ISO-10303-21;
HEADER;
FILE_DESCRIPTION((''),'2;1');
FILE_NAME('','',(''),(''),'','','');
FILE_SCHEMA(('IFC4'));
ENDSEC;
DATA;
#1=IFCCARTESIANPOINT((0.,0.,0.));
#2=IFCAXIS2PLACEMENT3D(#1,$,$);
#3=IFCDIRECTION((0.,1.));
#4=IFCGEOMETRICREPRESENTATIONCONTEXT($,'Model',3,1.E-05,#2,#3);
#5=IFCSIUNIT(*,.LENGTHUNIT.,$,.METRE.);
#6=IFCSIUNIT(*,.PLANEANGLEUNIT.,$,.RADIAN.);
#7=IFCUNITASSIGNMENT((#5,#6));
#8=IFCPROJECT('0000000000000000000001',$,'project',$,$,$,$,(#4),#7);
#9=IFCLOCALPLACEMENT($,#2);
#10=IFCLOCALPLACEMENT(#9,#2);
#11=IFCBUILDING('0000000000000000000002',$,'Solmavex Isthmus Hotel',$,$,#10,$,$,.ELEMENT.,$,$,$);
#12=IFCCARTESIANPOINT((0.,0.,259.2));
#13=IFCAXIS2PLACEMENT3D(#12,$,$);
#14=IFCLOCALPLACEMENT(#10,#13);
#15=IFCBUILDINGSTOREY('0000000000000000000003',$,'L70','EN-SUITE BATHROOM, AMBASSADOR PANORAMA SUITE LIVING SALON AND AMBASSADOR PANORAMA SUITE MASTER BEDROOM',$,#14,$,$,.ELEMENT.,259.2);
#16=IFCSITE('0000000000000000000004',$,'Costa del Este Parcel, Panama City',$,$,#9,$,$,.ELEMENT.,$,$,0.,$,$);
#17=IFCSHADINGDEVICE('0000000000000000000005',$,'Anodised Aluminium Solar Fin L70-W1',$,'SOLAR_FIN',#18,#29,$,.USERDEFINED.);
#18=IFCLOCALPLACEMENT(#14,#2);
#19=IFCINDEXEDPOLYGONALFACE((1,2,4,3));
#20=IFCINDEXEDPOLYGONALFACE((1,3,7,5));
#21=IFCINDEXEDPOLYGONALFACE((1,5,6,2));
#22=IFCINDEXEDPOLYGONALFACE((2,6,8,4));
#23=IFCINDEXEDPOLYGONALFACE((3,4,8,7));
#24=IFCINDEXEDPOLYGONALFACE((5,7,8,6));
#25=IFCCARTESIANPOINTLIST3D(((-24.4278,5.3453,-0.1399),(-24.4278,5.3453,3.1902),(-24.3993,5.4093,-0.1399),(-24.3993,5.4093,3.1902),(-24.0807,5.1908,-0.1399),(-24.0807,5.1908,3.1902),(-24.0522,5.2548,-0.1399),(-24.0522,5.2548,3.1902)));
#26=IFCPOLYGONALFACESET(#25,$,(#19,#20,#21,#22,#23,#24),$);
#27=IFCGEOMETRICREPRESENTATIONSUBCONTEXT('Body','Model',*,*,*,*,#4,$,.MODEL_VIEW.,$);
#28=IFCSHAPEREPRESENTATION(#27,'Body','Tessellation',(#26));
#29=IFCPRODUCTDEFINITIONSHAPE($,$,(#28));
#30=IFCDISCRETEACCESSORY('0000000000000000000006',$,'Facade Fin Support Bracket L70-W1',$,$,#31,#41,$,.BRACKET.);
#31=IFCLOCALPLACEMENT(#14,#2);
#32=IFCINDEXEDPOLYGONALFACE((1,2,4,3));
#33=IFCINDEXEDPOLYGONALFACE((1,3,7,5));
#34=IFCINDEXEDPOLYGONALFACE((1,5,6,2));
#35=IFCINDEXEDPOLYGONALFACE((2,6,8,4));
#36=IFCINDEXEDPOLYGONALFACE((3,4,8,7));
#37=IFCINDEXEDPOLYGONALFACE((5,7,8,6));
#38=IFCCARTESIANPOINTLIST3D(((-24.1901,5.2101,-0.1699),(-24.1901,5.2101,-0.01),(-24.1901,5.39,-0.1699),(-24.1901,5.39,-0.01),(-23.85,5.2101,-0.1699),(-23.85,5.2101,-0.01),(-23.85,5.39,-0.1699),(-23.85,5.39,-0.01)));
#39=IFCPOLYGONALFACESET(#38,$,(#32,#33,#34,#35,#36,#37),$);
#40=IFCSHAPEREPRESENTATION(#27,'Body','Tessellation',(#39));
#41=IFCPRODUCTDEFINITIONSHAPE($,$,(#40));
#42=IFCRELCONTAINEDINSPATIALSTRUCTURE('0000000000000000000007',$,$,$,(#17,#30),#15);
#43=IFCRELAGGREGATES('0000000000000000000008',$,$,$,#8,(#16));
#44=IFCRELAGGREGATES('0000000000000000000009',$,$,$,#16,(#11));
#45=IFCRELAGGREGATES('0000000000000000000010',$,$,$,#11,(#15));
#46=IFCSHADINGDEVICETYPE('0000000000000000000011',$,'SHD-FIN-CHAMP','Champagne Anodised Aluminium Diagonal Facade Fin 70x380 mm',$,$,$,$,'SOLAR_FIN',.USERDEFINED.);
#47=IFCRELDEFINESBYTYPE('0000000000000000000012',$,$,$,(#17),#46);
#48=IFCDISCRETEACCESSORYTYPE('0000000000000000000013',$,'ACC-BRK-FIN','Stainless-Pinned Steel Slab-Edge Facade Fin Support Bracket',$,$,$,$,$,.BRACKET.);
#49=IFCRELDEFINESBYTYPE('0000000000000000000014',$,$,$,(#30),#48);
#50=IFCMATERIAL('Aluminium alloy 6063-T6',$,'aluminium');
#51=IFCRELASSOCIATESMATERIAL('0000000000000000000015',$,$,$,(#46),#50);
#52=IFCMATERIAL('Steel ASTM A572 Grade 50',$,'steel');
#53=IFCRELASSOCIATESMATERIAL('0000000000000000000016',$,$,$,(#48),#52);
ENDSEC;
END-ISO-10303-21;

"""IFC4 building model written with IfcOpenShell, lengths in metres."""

from ifc_helpers import new_model, si_unit, direction, frame, origin, origin_2d, place, context, subcontext, project, spatial, rectangle, extrude, material, type_object, element, save


model = new_model("IFC4")

# Units and contexts
model_context = context("Model", 3, precision=1e-05, world=origin(), true_north=direction((0.0, 1.0)))
body_context = subcontext(model_context, "Body", "Model", "MODEL_VIEW")
ifc_project = project(units=[si_unit("LENGTHUNIT", "METRE"), si_unit("PLANEANGLEUNIT", "RADIAN")], contexts=[model_context])

# Site, building, storey
site_placement = place(None, origin())
site = spatial("IfcSite", under=ifc_project, at=site_placement, Name="Costa del Este Parcel, Panama City", CompositionType="ELEMENT", RefElevation=0.0)
building_placement = place(site_placement, origin())
building = spatial("IfcBuilding", under=site, at=building_placement, Name="Solmavex Isthmus Hotel", CompositionType="ELEMENT")
storey_placement = place(building_placement, frame((0.0, 0.0, 259.2)))
storey = spatial("IfcBuildingStorey", under=building, at=storey_placement, Name="L70", Description="EN-SUITE BATHROOM, AMBASSADOR PANORAMA SUITE LIVING SALON AND AMBASSADOR PANORAMA SUITE MASTER BEDROOM", CompositionType="ELEMENT", Elevation=259.2)

# Shared definitions
ifc_material_1 = material(Name="Aluminium alloy 6063-T6", Category="aluminium")

# Shading device
shading_device_type = type_object("IfcShadingDeviceType", Name="SHD-FIN-CHAMP", Description="Champagne Anodised Aluminium Diagonal Facade Fin 70x380 mm", ElementType="SOLAR_FIN", PredefinedType="USERDEFINED", material=ifc_material_1)
shading_device_placement = place(storey_placement, frame((-24.24, 5.3, -0.1399), z_axis=(0.0, 0.0, 1.0), x_axis=(-0.913545, 0.406737, 0.0)))
element("IfcShadingDevice", 1, at=shading_device_placement, inside=storey, type_object=shading_device_type, Name="Anodised Aluminium Solar Fin L70-W1", ObjectType="SOLAR_FIN", PredefinedType="USERDEFINED", context=body_context, shape_type="SweptSolid", body=[
    extrude(rectangle(XDim=0.3799, YDim=0.0701, at=origin_2d()), origin(), (0.0, 0.0, 1.0), 3.3301),
])

# Discrete accessory
ifc_material_2 = material(Name="Steel ASTM A572 Grade 50", Category="steel")
discrete_accessory_type = type_object("IfcDiscreteAccessoryType", Name="ACC-BRK-FIN", Description="Stainless-Pinned Steel Slab-Edge Facade Fin Support Bracket", PredefinedType="BRACKET", material=ifc_material_2)
discrete_accessory_placement = place(storey_placement, frame((-24.02, 5.3, -0.1699), z_axis=(0.0, 0.0, 1.0), x_axis=(-1.0, 0.0, 0.0)))
element("IfcDiscreteAccessory", 2, at=discrete_accessory_placement, inside=storey, type_object=discrete_accessory_type, Name="Facade Fin Support Bracket L70-W1", PredefinedType="BRACKET", context=body_context, shape_type="SweptSolid", body=[
    extrude(rectangle(XDim=0.3401, YDim=0.1799, at=origin_2d()), origin(), (0.0, 0.0, 1.0), 0.1599),
])

save(model, "model.ifc")
